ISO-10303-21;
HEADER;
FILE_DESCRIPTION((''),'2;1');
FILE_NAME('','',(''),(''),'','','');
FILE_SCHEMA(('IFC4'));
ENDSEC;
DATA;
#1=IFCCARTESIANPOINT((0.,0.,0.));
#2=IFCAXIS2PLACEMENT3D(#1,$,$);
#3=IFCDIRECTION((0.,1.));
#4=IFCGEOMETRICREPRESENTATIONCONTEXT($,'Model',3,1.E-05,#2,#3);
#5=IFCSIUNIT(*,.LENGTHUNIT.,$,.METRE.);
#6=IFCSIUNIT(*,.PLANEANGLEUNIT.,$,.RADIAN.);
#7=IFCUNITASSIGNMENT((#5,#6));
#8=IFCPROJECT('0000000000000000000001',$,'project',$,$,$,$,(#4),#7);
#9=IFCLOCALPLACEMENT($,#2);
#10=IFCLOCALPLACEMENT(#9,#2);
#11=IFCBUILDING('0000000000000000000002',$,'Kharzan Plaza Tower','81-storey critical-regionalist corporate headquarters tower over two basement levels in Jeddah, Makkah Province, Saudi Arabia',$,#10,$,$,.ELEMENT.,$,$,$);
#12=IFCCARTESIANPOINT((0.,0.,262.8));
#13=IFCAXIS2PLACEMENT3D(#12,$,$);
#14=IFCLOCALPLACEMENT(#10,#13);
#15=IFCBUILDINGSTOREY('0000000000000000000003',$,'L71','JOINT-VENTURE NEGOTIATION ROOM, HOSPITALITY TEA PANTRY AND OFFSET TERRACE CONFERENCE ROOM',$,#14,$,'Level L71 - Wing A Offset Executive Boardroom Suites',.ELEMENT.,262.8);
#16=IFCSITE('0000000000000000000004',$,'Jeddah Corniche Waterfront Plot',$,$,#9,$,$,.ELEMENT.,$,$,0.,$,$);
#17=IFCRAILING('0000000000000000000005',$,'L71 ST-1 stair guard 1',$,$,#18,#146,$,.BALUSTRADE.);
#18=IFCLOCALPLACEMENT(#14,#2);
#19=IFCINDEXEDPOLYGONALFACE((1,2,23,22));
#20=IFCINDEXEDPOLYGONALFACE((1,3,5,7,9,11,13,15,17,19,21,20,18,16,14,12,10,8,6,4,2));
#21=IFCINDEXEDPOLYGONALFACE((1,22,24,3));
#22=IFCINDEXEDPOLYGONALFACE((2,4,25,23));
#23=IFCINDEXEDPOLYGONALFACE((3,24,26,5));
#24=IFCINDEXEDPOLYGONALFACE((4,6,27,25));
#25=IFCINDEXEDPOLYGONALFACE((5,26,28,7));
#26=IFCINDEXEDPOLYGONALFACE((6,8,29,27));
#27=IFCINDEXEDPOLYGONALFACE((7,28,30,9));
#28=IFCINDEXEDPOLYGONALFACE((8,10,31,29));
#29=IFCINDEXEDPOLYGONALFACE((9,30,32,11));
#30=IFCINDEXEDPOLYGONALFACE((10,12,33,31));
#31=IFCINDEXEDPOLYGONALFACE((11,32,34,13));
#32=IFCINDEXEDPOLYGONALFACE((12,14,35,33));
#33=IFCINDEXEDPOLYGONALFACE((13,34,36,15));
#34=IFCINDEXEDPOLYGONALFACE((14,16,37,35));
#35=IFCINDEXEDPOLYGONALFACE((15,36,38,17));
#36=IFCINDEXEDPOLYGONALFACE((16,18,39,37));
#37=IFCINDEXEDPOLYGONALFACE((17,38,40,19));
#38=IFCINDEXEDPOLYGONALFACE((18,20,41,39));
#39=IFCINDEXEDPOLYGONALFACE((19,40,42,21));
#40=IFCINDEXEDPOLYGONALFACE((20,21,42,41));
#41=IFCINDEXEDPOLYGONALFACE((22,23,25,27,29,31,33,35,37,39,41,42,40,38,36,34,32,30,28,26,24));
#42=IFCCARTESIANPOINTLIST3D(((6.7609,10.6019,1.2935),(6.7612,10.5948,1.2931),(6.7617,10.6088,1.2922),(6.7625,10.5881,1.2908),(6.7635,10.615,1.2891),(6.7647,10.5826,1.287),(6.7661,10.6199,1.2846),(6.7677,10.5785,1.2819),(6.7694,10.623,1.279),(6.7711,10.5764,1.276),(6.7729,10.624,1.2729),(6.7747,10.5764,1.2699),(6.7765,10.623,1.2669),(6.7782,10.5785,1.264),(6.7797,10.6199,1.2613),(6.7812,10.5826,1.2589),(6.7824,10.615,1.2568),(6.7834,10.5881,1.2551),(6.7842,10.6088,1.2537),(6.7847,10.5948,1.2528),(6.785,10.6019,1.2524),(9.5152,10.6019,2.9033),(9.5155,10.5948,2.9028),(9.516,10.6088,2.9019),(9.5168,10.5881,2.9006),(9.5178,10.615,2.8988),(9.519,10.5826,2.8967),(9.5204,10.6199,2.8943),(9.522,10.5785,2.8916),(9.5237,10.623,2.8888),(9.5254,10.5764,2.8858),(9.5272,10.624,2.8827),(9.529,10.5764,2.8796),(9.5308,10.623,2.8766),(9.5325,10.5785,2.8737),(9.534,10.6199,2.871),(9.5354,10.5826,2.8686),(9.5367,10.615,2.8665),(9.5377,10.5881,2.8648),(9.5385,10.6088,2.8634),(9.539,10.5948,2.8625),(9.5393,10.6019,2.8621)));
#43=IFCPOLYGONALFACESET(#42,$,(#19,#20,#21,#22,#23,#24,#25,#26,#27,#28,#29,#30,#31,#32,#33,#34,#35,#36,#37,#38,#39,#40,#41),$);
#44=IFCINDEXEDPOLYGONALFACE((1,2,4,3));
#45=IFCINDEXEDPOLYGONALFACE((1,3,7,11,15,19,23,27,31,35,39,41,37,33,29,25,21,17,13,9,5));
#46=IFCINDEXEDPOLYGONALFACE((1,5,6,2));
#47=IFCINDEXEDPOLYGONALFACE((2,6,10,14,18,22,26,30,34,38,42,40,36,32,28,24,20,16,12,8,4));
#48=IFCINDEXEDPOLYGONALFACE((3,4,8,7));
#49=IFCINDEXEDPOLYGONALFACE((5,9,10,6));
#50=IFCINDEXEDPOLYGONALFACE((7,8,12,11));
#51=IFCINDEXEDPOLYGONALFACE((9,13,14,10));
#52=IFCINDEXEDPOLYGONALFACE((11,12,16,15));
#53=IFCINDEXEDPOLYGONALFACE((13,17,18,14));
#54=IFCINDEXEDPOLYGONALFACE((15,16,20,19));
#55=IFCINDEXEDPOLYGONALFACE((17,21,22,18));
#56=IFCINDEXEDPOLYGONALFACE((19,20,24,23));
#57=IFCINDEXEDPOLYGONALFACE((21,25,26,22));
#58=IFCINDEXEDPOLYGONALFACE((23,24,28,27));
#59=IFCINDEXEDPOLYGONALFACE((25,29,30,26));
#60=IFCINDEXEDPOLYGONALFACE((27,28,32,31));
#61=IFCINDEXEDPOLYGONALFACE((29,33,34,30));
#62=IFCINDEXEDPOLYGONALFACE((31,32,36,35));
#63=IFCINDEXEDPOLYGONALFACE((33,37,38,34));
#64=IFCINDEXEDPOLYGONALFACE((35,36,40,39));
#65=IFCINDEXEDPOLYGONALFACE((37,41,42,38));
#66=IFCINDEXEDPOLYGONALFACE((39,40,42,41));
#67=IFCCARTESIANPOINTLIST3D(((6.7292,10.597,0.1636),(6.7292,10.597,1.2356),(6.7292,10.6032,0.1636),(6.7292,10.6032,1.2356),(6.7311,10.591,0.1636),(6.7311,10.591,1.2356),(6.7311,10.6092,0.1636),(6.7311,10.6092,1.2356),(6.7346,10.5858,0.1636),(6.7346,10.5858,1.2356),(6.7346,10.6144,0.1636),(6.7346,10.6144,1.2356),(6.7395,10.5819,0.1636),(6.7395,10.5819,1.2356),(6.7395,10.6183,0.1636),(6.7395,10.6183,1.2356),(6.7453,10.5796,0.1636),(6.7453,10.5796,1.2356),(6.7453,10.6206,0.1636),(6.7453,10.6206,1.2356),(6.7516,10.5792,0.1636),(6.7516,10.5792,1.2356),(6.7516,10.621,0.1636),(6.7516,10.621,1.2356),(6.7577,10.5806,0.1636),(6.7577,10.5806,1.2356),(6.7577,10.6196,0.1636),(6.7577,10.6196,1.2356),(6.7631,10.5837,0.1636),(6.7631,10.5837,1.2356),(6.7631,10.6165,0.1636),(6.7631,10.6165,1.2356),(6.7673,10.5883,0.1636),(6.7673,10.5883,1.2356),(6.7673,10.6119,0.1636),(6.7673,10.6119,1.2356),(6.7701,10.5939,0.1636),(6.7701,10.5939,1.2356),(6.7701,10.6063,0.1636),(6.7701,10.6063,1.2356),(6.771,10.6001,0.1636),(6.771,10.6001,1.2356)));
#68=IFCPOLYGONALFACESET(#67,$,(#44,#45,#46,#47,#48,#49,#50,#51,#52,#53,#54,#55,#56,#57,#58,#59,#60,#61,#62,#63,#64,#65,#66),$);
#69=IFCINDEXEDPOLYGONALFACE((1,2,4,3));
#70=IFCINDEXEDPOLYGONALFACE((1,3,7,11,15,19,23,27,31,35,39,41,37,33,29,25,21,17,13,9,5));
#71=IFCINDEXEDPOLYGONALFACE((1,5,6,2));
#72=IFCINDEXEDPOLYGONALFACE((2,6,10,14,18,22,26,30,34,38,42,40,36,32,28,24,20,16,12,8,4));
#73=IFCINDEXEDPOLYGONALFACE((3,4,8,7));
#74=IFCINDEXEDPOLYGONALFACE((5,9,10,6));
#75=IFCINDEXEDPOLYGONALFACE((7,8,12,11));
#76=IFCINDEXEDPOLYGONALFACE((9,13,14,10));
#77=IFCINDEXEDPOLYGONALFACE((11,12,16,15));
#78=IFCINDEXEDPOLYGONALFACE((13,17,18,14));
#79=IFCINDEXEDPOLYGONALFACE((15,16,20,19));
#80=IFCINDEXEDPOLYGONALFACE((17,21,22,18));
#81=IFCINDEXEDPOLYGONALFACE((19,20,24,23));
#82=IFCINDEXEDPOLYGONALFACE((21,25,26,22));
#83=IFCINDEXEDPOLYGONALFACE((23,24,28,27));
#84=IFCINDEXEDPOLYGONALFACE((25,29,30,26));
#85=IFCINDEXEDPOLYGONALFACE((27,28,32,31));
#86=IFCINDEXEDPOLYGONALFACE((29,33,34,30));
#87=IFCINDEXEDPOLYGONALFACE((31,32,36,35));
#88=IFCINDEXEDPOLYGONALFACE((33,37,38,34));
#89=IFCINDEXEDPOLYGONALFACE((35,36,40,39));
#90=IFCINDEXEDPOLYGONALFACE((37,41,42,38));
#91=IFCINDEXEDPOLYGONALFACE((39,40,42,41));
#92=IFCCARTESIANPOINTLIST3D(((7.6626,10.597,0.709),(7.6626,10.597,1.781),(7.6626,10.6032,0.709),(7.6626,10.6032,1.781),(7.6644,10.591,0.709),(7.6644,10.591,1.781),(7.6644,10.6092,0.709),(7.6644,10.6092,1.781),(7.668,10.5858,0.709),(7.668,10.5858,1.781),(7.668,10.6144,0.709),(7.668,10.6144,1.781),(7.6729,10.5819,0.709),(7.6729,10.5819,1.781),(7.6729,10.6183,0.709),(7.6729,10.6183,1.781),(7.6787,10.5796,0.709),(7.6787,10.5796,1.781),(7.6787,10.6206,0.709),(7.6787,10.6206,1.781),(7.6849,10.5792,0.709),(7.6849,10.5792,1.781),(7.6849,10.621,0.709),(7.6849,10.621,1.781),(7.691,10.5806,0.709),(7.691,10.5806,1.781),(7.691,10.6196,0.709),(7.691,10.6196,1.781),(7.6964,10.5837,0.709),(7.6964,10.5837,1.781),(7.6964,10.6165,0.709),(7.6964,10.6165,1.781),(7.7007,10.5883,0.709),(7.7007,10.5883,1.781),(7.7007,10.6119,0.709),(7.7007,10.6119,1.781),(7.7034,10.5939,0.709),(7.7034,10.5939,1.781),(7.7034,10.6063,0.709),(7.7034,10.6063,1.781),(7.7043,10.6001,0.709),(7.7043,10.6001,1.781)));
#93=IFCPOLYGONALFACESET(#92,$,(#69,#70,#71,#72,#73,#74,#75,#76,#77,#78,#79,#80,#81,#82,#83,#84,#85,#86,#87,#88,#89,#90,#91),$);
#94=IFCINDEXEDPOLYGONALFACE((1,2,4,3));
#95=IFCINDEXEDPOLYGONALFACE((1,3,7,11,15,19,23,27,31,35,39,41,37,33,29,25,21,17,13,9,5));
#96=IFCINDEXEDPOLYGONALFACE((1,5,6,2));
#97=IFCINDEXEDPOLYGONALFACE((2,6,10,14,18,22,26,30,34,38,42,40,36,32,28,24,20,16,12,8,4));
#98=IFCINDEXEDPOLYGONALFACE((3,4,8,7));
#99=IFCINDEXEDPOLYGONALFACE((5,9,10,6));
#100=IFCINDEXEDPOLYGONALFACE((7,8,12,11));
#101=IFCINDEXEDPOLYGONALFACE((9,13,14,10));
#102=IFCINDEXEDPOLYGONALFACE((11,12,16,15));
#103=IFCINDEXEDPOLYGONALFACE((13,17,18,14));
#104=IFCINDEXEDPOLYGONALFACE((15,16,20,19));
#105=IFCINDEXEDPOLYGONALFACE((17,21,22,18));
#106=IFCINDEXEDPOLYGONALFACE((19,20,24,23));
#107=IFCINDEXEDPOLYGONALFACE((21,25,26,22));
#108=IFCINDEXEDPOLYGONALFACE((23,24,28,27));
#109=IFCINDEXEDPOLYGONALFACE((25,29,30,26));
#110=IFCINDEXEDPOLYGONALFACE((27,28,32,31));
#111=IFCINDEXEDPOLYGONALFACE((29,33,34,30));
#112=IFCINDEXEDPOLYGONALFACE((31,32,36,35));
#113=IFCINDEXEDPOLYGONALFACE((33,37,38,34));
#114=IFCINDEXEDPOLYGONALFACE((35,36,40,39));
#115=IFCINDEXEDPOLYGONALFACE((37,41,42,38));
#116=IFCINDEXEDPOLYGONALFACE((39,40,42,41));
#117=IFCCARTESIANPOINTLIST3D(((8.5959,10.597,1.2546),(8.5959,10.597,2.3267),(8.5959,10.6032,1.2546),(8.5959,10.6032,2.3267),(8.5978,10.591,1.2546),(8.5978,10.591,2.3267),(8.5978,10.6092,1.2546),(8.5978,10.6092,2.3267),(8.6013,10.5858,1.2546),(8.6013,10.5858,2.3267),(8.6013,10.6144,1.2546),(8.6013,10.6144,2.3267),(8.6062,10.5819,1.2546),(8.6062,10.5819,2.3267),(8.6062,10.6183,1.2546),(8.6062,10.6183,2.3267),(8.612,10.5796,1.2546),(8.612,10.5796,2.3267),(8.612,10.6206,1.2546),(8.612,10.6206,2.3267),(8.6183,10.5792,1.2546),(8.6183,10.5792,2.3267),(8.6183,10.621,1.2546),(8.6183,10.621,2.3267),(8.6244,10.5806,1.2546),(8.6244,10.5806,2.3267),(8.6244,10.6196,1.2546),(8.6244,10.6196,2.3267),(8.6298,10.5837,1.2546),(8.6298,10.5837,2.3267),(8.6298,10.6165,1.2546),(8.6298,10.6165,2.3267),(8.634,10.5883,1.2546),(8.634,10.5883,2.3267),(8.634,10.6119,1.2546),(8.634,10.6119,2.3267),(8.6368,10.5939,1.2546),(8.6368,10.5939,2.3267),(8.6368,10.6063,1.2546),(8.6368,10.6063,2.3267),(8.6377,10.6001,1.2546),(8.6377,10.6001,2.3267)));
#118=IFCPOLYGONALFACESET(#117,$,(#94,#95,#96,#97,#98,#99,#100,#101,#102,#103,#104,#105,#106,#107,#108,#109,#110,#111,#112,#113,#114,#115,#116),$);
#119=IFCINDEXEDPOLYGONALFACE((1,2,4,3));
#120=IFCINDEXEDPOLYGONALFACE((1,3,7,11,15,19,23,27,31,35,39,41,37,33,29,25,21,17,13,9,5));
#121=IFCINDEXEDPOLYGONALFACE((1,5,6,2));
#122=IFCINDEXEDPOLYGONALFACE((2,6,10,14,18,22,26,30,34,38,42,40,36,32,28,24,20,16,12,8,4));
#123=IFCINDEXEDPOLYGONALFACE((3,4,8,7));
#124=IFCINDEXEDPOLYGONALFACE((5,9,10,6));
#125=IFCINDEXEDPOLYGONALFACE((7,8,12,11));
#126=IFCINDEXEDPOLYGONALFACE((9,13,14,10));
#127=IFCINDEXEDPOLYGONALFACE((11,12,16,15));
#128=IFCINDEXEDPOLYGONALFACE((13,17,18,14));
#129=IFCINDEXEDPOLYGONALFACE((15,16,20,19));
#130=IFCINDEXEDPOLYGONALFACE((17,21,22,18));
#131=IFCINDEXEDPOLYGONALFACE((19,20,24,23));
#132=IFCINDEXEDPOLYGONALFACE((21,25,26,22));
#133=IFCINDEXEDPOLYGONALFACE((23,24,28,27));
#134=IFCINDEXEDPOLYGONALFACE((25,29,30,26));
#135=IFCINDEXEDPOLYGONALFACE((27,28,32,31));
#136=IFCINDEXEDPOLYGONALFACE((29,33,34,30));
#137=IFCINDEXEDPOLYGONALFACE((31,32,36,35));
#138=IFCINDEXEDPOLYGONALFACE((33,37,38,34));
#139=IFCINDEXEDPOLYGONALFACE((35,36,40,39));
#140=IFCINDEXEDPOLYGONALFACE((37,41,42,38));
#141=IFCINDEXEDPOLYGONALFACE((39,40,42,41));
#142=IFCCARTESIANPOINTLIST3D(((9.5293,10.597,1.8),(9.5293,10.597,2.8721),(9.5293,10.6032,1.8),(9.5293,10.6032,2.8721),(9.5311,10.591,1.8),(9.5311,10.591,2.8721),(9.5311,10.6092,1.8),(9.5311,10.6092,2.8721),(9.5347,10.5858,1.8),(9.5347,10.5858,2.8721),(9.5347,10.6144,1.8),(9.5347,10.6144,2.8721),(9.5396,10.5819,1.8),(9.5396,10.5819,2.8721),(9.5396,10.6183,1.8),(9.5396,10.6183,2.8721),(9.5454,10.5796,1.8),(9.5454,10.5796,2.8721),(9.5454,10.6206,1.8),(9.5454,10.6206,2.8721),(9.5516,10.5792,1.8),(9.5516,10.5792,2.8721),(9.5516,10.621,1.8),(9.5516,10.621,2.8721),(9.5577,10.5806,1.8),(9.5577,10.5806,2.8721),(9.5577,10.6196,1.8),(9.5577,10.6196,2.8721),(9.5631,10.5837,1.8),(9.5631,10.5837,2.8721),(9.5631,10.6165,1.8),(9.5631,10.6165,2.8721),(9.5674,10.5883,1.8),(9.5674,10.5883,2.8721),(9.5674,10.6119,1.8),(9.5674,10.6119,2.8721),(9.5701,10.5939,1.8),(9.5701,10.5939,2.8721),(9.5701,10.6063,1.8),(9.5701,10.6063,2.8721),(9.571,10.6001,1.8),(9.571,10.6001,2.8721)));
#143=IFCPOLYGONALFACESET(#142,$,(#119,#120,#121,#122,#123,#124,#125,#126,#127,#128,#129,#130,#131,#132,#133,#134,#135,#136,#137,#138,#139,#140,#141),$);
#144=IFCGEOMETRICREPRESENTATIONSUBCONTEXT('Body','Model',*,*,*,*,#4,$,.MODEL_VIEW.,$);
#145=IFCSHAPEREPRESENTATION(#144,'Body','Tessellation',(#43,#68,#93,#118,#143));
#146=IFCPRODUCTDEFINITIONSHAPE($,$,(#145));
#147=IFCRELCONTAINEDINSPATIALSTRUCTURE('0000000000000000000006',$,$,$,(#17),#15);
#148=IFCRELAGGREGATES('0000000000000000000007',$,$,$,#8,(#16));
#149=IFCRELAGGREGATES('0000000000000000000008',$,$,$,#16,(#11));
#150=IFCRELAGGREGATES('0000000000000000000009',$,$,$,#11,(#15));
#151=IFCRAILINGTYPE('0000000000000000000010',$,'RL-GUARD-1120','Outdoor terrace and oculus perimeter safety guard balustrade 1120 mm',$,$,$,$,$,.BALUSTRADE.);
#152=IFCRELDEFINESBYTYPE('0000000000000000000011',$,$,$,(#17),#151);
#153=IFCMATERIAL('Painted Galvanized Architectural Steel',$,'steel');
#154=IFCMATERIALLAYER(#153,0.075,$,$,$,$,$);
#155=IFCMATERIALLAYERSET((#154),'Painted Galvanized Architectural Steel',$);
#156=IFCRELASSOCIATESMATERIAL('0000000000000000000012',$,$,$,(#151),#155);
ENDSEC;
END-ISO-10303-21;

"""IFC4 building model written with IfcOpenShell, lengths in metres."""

from ifc_helpers import new_model, si_unit, direction, frame, origin, origin_2d, place, context, subcontext, project, spatial, circle, extrude, source, transform, mapped, material, layer, layer_set, type_object, element, save


model = new_model("IFC4")

# Units and contexts
model_context = context("Model", 3, precision=1e-05, world=origin(), true_north=direction((0.0, 1.0)))
body_context = subcontext(model_context, "Body", "Model", "MODEL_VIEW")
ifc_project = project(units=[si_unit("LENGTHUNIT", "METRE"), si_unit("PLANEANGLEUNIT", "RADIAN")], contexts=[model_context])

# Site, building, storey
site_placement = place(None, origin())
site = spatial("IfcSite", under=ifc_project, at=site_placement, Name="Jeddah Corniche Waterfront Plot", CompositionType="ELEMENT", RefElevation=0.0)
building_placement = place(site_placement, origin())
building = spatial("IfcBuilding", under=site, at=building_placement, Name="Kharzan Plaza Tower", Description="81-storey critical-regionalist corporate headquarters tower over two basement levels in Jeddah, Makkah Province, Saudi Arabia", CompositionType="ELEMENT")
storey_placement = place(building_placement, frame((0.0, 0.0, 262.8)))
storey = spatial("IfcBuildingStorey", under=building, at=storey_placement, Name="L71", Description="JOINT-VENTURE NEGOTIATION ROOM, HOSPITALITY TEA PANTRY AND OFFSET TERRACE CONFERENCE ROOM", LongName="Level L71 - Wing A Offset Executive Boardroom Suites", CompositionType="ELEMENT", Elevation=262.8)

# Shared definitions
ifc_material_1 = material(Name="Painted Galvanized Architectural Steel", Category="steel")
ifc_layer_1 = layer(ifc_material_1, 0.075)
ifc_layer_set_1 = layer_set([ifc_layer_1], Name="Painted Galvanized Architectural Steel")
railing_type_1 = type_object("IfcRailingType", Name="RL-GUARD-1120", Description="Outdoor terrace and oculus perimeter safety guard balustrade 1120 mm", PredefinedType="BALUSTRADE", material=ifc_layer_set_1)

# Railing
shared_shape_1 = source(origin(), body_context, "Body", "SweptSolid", [
    extrude(circle(Radius=0.0239, at=origin_2d()), frame((0.0229, 0.0, 1.1094), z_axis=(0.863361, 0.0, 0.504587), x_axis=(0.0, 1.0, 0.0)), (0.0, 0.0, 1.0), 3.1902),
    extrude(circle(Radius=0.021, at=origin_2d()), origin(), (0.0, 0.0, 1.0), 1.072),
    extrude(circle(Radius=0.021, at=origin_2d()), frame((0.9333, 0.0, 0.5454)), (0.0, 0.0, 1.0), 1.072),
    extrude(circle(Radius=0.021, at=origin_2d()), frame((1.8667, 0.0, 1.0911)), (0.0, 0.0, 1.0), 1.072),
    extrude(circle(Radius=0.021, at=origin_2d()), frame((2.8, 0.0, 1.6365)), (0.0, 0.0, 1.0), 1.072),
])
railing_1_placement = place(storey_placement, frame((6.75, 10.6001, 0.1636)))
element("IfcRailing", 1, at=railing_1_placement, inside=storey, type_object=railing_type_1, Name="L71 ST-1 stair guard 1", PredefinedType="BALUSTRADE", context=body_context, shape_type="MappedRepresentation", body=[
    mapped(shared_shape_1, transform((0.0, 0.0, 0.0), x_axis=(1.0, 0.0, 0.0), y_axis=(0.0, 1.0, 0.0), z_axis=(0.0, 0.0, 1.0))),
])

save(model, "model.ifc")
